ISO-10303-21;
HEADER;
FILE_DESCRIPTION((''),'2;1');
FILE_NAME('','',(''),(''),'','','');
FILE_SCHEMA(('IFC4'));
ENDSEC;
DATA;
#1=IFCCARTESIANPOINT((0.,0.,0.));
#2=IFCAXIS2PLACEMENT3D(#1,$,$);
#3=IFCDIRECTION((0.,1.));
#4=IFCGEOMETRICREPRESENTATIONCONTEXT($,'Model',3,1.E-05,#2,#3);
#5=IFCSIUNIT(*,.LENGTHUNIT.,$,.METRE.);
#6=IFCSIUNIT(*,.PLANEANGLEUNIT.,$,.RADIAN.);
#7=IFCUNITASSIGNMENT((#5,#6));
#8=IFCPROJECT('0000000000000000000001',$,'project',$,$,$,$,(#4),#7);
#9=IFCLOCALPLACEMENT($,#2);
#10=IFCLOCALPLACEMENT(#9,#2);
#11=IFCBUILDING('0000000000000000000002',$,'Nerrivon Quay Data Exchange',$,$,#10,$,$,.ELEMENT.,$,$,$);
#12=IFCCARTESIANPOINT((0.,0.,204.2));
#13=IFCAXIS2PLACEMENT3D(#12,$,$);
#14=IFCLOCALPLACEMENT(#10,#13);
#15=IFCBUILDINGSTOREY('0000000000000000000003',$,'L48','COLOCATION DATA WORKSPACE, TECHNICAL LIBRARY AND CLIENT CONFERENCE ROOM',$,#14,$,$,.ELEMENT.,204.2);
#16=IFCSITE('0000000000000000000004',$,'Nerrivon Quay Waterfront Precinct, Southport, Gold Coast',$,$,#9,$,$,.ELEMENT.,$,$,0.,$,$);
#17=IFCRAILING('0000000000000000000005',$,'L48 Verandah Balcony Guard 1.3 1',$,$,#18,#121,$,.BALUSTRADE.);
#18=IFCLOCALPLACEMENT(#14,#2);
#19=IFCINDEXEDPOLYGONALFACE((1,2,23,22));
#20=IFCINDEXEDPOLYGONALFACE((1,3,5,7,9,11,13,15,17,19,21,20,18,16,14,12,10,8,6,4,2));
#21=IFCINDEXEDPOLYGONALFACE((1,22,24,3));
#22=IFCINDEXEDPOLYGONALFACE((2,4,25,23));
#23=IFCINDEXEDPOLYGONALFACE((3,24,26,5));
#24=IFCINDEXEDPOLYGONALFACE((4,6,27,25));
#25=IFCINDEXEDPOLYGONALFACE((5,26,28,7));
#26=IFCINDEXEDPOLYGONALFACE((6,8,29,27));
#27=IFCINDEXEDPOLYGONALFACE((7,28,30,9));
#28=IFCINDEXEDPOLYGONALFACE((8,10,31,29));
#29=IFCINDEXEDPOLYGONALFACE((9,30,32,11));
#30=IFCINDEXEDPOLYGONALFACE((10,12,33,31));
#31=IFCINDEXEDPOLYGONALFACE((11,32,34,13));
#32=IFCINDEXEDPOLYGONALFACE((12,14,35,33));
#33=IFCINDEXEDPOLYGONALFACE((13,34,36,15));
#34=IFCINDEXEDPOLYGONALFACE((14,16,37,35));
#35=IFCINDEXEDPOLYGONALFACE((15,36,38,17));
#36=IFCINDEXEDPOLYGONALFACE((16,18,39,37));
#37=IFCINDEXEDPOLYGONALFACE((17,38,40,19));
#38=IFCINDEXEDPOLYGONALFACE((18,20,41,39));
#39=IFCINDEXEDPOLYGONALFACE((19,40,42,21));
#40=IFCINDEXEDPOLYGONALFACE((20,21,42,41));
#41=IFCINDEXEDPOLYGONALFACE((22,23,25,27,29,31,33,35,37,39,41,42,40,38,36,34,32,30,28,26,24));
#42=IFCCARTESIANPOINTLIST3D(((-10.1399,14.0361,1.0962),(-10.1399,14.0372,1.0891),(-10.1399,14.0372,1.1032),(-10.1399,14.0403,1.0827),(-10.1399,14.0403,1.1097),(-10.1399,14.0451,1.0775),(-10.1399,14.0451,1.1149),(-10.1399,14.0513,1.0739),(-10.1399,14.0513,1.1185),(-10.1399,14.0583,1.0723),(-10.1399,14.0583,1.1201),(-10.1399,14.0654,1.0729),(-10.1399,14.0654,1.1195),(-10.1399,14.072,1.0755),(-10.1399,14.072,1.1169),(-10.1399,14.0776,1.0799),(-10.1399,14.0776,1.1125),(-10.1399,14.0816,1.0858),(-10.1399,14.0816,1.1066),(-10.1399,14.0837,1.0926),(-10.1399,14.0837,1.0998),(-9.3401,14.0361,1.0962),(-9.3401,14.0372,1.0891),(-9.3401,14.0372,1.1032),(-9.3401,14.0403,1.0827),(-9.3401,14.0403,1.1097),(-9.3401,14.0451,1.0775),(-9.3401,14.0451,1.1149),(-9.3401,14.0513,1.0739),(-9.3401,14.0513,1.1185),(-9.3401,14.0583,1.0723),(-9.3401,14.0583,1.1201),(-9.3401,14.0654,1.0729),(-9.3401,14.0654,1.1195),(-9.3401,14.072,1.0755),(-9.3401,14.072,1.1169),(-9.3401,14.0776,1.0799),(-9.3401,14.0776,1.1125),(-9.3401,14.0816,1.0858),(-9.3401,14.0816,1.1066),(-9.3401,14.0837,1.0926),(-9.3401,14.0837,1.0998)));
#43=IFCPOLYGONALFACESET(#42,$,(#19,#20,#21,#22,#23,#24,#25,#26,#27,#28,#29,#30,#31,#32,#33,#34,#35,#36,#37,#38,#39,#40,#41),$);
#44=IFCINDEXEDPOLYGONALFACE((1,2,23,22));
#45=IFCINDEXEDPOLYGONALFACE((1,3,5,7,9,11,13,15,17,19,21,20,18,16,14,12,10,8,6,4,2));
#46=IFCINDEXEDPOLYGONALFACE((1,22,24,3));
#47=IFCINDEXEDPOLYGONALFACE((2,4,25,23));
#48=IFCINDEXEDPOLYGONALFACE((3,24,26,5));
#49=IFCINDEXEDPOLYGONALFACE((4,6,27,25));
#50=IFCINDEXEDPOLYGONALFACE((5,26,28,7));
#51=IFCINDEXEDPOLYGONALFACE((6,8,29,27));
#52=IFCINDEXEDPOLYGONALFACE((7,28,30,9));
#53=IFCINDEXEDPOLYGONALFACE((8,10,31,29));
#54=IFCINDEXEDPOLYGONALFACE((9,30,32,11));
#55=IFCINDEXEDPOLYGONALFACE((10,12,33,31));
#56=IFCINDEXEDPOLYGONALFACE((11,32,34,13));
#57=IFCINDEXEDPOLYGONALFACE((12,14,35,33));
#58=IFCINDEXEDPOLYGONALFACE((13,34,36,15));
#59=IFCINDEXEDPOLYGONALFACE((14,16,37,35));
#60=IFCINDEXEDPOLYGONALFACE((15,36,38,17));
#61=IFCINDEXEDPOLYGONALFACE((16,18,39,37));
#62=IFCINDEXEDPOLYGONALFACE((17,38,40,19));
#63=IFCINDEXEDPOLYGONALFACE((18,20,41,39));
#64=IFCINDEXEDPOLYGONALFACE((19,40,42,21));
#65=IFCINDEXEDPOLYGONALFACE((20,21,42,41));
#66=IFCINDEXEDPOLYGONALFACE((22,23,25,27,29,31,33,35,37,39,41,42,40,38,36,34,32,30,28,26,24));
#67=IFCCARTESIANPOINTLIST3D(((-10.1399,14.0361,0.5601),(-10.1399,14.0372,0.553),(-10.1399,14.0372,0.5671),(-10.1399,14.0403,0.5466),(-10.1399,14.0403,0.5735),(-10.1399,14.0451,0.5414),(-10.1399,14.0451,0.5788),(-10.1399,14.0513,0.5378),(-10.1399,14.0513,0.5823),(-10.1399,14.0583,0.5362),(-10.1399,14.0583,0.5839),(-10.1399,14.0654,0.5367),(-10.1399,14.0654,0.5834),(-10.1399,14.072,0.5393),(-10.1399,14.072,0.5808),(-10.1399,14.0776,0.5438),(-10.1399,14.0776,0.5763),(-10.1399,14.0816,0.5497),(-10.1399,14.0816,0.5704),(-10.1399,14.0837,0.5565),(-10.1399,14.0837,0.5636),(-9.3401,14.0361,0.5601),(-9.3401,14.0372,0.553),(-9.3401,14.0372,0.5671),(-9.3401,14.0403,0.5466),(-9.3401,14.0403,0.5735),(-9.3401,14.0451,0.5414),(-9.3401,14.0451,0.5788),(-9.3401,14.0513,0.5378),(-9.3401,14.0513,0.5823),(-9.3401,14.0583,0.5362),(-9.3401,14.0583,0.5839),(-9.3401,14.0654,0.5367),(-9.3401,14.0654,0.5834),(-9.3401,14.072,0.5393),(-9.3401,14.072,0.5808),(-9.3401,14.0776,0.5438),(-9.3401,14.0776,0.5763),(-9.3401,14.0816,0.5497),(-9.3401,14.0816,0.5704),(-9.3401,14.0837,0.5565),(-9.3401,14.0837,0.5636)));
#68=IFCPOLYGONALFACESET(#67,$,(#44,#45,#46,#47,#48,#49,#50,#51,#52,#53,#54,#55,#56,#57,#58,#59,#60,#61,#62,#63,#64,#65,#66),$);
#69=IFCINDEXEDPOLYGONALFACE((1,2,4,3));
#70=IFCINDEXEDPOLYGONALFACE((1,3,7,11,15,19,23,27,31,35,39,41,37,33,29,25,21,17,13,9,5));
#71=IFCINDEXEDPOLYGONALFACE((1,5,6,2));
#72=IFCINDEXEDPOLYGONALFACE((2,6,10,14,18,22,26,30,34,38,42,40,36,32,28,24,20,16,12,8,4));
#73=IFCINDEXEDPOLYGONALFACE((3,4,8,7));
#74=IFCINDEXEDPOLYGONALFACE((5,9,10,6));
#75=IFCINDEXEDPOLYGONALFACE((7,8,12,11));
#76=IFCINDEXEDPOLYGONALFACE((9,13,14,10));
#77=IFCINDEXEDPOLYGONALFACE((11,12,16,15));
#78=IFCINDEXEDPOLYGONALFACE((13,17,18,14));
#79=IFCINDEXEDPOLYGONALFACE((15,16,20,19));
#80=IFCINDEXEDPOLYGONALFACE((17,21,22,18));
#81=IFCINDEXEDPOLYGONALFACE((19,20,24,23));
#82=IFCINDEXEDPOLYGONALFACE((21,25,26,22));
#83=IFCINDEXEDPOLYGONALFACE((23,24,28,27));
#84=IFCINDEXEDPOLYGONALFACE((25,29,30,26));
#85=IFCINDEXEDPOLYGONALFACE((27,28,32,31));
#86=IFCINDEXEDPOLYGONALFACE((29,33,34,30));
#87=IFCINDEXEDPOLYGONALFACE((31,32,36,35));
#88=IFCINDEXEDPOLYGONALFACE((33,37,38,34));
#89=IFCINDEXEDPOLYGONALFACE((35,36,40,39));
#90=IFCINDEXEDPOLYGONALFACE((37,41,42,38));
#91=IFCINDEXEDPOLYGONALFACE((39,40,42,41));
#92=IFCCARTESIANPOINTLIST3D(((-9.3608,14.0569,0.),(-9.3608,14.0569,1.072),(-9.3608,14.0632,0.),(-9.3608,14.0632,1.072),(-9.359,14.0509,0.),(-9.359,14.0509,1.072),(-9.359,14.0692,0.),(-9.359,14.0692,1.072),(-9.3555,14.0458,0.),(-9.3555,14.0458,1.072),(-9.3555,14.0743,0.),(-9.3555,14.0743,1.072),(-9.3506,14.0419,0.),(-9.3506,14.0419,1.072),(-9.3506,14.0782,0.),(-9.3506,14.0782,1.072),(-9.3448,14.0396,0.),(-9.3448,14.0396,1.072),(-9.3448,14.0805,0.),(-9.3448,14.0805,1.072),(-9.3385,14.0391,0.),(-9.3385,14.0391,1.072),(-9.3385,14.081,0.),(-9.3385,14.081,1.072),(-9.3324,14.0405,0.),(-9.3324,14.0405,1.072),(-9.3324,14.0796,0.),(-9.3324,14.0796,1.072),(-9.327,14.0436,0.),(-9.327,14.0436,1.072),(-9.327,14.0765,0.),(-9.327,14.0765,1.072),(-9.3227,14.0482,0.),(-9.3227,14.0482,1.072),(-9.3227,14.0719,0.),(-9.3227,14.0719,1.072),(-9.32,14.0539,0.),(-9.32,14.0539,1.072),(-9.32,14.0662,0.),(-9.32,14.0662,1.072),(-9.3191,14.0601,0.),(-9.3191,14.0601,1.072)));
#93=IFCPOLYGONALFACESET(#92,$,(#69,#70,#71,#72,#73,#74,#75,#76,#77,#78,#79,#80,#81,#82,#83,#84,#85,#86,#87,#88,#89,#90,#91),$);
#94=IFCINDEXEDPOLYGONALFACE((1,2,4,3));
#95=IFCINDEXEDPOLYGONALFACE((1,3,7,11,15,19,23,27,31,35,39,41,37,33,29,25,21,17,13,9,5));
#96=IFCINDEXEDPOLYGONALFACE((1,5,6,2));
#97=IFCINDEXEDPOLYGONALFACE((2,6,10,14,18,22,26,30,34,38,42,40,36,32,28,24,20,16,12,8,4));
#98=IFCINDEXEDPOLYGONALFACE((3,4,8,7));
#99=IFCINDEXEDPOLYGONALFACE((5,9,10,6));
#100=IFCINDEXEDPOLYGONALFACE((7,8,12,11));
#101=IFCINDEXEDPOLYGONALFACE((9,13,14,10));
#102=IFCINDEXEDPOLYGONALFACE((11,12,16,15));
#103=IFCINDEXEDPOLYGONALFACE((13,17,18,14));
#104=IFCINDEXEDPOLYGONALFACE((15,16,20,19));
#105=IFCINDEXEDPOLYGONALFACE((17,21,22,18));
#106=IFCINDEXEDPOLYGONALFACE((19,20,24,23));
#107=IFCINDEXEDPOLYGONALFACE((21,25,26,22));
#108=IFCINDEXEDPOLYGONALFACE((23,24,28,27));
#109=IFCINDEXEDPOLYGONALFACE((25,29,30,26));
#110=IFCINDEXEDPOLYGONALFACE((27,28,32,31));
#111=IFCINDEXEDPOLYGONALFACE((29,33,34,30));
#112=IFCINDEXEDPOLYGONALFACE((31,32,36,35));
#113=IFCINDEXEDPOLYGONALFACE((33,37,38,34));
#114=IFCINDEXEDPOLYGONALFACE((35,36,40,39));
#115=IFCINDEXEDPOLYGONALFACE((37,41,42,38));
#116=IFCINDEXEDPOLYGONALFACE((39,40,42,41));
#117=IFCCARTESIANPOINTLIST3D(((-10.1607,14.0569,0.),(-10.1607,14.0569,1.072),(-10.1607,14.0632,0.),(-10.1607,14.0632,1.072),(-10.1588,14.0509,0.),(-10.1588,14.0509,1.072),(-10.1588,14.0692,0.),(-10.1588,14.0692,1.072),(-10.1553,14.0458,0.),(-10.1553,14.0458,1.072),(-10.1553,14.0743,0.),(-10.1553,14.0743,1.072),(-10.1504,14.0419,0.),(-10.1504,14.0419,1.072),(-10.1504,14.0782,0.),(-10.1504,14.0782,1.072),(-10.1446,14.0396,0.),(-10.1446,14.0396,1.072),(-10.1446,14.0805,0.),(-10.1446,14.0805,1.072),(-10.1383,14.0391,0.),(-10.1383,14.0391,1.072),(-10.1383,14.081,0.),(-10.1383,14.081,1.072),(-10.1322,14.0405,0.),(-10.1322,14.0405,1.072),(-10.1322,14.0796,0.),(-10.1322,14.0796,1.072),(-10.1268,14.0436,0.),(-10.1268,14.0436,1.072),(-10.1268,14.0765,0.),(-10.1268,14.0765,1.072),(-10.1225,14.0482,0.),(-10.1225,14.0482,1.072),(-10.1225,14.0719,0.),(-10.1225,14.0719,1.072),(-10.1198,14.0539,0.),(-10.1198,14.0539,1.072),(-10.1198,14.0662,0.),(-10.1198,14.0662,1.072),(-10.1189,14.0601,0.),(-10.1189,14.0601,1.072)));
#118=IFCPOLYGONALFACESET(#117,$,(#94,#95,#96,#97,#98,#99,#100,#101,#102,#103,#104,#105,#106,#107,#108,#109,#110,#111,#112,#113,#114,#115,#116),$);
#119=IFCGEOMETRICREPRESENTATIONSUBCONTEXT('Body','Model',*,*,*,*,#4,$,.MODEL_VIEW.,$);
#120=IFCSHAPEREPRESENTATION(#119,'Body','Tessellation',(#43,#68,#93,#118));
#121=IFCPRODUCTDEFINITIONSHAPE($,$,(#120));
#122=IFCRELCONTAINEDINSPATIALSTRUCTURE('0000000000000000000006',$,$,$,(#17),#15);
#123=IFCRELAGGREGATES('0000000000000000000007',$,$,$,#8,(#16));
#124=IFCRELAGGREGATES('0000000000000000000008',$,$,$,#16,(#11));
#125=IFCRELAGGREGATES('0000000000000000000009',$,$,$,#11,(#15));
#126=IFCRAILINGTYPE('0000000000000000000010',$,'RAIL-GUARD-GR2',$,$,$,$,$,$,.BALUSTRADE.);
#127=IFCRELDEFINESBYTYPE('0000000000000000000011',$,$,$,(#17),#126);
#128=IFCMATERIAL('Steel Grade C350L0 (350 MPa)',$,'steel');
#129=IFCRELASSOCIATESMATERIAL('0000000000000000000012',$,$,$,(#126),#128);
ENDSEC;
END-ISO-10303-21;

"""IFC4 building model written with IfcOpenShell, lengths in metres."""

from ifc_helpers import new_model, si_unit, direction, frame, origin, origin_2d, place, context, subcontext, project, spatial, circle, extrude, material, type_object, element, save


model = new_model("IFC4")

# Units and contexts
model_context = context("Model", 3, precision=1e-05, world=origin(), true_north=direction((0.0, 1.0)))
body_context = subcontext(model_context, "Body", "Model", "MODEL_VIEW")
ifc_project = project(units=[si_unit("LENGTHUNIT", "METRE"), si_unit("PLANEANGLEUNIT", "RADIAN")], contexts=[model_context])

# Site, building, storey
site_placement = place(None, origin())
site = spatial("IfcSite", under=ifc_project, at=site_placement, Name="Nerrivon Quay Waterfront Precinct, Southport, Gold Coast", CompositionType="ELEMENT", RefElevation=0.0)
building_placement = place(site_placement, origin())
building = spatial("IfcBuilding", under=site, at=building_placement, Name="Nerrivon Quay Data Exchange", CompositionType="ELEMENT")
storey_placement = place(building_placement, frame((0.0, 0.0, 204.2)))
storey = spatial("IfcBuildingStorey", under=building, at=storey_placement, Name="L48", Description="COLOCATION DATA WORKSPACE, TECHNICAL LIBRARY AND CLIENT CONFERENCE ROOM", CompositionType="ELEMENT", Elevation=204.2)

# Railing
ifc_material_1 = material(Name="Steel Grade C350L0 (350 MPa)", Category="steel")
railing_type = type_object("IfcRailingType", Name="RAIL-GUARD-GR2", PredefinedType="BALUSTRADE", material=ifc_material_1)
railing_1_placement = place(storey_placement, frame((-9.3401, 14.0601, 0.0)))
element("IfcRailing", 1, at=railing_1_placement, inside=storey, type_object=railing_type, Name="L48 Verandah Balcony Guard 1.3 1", PredefinedType="BALUSTRADE", context=body_context, shape_type="SweptSolid", body=[
    extrude(circle(Radius=0.0239, at=origin_2d()), frame((0.0, 0.0, 1.0962), z_axis=(-1.0, 0.0, 0.0), x_axis=(0.0, -1.0, 0.0)), (0.0, 0.0, 1.0), 0.7998),
    extrude(circle(Radius=0.0239, at=origin_2d()), frame((0.0, 0.0, 0.5601), z_axis=(-1.0, 0.0, 0.0), x_axis=(0.0, -1.0, 0.0)), (0.0, 0.0, 1.0), 0.7998),
    extrude(circle(Radius=0.021, at=origin_2d()), origin(), (0.0, 0.0, 1.0), 1.072),
    extrude(circle(Radius=0.021, at=origin_2d()), frame((-0.7998, 0.0, 0.0)), (0.0, 0.0, 1.0), 1.072),
])

save(model, "model.ifc")
